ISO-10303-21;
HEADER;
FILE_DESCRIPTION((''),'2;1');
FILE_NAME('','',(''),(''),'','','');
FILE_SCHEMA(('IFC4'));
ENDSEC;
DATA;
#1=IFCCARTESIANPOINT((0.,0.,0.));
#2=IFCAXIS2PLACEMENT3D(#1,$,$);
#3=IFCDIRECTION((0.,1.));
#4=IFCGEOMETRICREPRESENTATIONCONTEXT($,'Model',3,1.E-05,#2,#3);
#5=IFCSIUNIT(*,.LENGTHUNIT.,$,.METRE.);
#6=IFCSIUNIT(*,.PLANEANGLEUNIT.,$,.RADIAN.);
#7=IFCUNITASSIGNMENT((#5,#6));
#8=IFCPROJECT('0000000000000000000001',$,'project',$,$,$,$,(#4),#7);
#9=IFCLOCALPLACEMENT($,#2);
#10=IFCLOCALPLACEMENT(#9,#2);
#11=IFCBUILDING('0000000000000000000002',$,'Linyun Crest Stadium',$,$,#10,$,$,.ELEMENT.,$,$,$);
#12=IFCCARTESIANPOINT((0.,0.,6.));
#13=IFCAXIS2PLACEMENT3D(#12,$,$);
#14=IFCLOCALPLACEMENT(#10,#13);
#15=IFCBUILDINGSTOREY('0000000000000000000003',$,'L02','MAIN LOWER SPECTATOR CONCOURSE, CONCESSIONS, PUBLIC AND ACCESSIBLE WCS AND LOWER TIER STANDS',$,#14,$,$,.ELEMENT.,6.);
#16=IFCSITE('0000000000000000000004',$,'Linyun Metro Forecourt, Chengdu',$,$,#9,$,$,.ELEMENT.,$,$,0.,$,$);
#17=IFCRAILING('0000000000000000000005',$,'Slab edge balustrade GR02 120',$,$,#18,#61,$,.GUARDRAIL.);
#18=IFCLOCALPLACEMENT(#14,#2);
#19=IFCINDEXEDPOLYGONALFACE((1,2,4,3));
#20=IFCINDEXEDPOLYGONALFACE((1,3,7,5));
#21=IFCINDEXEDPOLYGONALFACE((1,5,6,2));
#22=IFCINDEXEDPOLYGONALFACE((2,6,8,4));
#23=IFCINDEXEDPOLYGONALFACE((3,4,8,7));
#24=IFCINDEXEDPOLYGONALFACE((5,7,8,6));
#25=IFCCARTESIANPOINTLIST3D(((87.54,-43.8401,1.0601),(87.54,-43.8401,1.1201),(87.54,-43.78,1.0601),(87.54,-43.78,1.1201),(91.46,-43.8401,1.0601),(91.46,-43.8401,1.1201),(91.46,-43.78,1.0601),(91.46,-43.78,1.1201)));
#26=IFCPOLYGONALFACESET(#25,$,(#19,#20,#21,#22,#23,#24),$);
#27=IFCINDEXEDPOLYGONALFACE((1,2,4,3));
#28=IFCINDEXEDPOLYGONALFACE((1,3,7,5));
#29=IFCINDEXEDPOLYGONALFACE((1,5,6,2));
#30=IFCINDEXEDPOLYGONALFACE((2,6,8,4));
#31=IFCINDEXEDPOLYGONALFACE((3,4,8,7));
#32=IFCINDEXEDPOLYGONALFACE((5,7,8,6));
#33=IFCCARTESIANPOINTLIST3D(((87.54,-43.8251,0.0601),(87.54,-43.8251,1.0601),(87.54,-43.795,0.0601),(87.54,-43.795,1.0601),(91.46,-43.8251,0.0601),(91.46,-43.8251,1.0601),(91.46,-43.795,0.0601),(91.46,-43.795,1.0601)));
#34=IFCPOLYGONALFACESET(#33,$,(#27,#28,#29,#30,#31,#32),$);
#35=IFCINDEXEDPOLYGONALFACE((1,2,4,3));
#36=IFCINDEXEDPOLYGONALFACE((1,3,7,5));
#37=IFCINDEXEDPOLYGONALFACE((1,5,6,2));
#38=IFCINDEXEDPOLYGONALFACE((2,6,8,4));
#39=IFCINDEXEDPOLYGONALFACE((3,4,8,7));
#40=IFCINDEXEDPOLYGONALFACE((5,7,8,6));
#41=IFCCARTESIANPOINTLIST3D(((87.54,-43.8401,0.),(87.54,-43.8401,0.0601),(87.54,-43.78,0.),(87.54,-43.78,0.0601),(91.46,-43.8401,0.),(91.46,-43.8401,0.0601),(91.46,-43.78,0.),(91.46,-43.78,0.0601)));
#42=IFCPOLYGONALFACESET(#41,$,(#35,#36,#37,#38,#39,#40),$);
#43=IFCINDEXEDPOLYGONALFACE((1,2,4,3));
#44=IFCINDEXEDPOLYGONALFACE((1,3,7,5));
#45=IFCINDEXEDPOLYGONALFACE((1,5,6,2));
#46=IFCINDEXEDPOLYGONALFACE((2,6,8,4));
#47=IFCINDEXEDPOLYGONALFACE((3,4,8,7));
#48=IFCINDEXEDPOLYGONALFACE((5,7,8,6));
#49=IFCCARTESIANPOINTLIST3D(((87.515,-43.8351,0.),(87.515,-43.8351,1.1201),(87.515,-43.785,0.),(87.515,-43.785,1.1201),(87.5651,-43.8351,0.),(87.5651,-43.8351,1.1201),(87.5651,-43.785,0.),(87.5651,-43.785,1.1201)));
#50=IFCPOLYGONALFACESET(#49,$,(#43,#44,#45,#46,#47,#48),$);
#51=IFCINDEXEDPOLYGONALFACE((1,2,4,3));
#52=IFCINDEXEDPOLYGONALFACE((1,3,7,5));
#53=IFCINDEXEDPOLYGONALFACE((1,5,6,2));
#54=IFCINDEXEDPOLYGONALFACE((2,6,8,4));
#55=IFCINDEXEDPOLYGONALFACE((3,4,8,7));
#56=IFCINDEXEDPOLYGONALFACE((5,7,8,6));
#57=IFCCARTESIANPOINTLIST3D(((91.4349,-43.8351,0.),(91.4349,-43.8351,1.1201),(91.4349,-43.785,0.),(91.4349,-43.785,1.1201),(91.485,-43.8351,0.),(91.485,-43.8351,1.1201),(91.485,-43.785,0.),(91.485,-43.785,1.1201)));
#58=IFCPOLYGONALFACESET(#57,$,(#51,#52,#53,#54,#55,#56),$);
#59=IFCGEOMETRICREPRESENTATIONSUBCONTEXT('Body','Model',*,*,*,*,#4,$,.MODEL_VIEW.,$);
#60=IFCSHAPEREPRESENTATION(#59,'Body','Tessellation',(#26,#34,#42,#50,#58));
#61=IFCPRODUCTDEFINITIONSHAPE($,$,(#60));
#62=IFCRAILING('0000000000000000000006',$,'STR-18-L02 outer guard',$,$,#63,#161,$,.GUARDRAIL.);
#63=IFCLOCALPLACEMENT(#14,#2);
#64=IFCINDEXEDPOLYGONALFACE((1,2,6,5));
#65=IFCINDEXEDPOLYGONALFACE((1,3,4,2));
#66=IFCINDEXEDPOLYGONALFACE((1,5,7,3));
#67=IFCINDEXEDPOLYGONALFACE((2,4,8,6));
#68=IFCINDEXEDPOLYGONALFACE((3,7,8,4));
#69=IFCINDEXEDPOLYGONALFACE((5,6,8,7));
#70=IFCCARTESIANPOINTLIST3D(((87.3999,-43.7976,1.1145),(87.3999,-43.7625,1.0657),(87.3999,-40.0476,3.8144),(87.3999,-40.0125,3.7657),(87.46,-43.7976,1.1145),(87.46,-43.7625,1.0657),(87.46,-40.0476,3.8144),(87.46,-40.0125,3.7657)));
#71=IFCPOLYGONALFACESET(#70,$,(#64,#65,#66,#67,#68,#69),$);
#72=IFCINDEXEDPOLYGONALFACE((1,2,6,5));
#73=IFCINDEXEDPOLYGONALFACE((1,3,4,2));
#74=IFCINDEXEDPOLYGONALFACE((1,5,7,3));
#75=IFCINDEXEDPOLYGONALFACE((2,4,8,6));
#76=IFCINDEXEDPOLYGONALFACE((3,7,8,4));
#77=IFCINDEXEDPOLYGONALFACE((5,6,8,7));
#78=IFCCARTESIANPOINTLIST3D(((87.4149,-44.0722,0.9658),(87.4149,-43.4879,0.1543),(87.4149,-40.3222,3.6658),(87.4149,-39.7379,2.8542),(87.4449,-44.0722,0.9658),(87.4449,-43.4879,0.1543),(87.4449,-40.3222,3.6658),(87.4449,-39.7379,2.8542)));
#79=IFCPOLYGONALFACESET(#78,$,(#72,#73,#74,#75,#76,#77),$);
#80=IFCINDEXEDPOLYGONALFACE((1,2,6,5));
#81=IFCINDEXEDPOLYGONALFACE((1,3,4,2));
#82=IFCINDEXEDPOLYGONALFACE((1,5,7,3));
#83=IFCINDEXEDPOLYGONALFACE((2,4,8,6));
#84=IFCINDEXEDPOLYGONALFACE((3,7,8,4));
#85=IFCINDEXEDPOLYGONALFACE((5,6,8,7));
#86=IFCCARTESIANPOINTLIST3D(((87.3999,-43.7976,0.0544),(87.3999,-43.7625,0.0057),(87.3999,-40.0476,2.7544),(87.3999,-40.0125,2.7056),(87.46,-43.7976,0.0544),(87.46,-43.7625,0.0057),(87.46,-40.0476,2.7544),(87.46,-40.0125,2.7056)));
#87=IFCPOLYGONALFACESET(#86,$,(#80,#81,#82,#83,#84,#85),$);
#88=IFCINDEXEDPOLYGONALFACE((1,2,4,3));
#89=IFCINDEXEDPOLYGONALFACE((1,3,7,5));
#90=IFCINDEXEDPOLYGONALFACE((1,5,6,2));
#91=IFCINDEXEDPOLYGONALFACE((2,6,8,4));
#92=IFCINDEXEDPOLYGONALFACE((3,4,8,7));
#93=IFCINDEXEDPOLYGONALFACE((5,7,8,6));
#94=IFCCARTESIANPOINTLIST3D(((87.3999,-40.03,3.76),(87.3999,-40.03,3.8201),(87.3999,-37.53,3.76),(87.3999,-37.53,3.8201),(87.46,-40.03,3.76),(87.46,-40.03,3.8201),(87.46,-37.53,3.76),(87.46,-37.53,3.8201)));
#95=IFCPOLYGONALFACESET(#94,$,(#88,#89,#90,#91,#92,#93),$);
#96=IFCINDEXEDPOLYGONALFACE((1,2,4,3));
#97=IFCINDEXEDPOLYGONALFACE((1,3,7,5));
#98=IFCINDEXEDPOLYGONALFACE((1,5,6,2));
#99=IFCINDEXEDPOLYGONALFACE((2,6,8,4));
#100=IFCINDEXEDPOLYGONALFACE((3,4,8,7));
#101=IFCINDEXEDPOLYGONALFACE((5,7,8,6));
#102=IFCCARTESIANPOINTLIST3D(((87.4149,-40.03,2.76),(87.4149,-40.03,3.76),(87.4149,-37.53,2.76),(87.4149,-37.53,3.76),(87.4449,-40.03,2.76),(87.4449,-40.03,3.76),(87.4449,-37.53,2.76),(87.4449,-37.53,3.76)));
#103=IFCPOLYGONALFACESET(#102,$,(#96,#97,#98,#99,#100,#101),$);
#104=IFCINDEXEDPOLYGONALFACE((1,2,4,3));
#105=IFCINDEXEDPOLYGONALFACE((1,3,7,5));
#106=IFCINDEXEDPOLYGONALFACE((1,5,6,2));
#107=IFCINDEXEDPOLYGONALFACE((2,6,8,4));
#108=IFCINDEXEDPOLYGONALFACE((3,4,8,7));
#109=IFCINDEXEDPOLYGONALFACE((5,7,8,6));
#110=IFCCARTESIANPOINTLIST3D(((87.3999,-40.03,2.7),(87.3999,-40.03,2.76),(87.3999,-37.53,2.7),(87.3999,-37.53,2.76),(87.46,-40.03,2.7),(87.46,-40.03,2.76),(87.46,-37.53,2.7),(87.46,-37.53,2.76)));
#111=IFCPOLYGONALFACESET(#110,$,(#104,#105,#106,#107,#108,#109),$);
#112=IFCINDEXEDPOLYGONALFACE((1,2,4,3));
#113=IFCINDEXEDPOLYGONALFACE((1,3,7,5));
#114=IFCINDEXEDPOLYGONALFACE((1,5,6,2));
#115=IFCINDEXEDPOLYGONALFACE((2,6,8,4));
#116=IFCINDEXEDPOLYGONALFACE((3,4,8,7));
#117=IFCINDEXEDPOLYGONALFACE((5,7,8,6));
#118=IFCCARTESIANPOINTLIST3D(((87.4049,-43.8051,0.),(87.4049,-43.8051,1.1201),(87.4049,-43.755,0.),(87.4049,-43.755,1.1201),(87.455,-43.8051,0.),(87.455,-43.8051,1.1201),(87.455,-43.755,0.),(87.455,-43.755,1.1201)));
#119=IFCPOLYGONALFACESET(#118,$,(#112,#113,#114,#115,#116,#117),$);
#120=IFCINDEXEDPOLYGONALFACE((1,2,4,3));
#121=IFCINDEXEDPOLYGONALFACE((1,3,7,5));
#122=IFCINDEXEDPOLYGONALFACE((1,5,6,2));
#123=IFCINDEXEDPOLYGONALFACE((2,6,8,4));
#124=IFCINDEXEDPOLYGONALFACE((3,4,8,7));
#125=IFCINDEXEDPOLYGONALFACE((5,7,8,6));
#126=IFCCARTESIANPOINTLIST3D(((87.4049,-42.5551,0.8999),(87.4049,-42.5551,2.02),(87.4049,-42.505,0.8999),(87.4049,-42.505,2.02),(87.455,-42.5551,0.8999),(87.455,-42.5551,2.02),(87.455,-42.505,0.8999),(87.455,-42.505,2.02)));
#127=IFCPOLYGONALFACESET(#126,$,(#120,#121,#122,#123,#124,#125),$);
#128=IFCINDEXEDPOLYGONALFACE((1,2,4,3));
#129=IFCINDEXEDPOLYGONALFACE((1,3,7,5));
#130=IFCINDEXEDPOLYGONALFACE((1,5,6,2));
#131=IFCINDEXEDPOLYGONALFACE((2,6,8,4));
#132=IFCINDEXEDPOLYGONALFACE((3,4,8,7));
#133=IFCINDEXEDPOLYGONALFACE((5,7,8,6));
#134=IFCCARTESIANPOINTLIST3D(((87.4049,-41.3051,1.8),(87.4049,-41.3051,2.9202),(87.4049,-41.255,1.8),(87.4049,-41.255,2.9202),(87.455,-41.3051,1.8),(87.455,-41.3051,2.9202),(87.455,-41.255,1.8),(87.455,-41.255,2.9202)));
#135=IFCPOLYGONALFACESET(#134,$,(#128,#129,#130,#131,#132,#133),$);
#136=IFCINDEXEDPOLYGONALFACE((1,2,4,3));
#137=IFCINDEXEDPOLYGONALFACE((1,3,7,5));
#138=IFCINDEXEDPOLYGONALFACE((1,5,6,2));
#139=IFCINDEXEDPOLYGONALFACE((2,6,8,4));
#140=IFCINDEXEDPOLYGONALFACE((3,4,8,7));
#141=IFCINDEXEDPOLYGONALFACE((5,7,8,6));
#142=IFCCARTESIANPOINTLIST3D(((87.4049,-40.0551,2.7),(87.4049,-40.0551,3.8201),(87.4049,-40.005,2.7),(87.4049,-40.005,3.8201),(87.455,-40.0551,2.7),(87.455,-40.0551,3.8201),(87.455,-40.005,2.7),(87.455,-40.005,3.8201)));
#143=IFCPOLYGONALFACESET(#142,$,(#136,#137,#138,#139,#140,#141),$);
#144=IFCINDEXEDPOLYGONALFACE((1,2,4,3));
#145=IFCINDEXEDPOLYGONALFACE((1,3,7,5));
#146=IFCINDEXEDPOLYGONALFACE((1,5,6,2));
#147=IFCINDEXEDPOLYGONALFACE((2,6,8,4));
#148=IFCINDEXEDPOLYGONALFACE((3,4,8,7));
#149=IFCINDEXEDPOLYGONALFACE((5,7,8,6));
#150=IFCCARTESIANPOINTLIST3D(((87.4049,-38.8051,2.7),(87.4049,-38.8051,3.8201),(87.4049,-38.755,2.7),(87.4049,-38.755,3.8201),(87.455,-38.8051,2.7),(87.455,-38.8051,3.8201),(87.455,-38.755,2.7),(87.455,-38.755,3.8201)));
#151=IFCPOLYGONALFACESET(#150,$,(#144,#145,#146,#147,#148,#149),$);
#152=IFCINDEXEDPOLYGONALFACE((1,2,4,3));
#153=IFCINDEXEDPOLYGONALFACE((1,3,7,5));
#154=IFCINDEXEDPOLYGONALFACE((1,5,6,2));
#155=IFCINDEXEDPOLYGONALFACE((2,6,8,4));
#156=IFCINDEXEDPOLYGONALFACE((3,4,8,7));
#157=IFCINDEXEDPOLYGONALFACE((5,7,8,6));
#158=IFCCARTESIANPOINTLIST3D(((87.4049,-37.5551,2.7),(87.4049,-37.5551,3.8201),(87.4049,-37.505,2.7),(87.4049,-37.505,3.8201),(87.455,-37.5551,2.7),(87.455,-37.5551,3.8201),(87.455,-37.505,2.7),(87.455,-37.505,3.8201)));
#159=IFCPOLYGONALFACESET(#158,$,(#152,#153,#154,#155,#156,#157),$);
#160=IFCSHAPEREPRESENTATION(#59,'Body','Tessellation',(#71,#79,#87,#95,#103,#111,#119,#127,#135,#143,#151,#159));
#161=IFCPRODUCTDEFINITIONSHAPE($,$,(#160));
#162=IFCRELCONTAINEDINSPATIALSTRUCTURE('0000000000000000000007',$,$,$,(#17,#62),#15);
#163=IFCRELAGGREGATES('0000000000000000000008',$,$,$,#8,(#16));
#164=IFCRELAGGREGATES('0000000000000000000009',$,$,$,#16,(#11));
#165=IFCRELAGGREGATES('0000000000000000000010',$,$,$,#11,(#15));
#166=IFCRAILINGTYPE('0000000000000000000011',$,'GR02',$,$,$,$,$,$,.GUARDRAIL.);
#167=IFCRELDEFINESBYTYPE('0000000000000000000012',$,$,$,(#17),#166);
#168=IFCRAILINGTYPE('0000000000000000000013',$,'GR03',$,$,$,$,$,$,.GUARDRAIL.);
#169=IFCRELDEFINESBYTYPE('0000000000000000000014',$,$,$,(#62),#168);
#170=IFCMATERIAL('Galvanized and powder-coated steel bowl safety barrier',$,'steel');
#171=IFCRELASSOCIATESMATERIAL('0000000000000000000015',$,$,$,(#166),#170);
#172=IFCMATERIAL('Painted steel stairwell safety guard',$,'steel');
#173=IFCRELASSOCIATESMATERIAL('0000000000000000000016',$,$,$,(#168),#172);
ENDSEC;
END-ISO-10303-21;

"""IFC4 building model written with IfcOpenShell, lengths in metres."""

from ifc_helpers import new_model, si_unit, direction, frame, origin, origin_2d, place, context, subcontext, project, spatial, rectangle, extrude, material, type_object, element, save


model = new_model("IFC4")

# Units and contexts
model_context = context("Model", 3, precision=1e-05, world=origin(), true_north=direction((0.0, 1.0)))
body_context = subcontext(model_context, "Body", "Model", "MODEL_VIEW")
ifc_project = project(units=[si_unit("LENGTHUNIT", "METRE"), si_unit("PLANEANGLEUNIT", "RADIAN")], contexts=[model_context])

# Site, building, storey
site_placement = place(None, origin())
site = spatial("IfcSite", under=ifc_project, at=site_placement, Name="Linyun Metro Forecourt, Chengdu", CompositionType="ELEMENT", RefElevation=0.0)
building_placement = place(site_placement, origin())
building = spatial("IfcBuilding", under=site, at=building_placement, Name="Linyun Crest Stadium", CompositionType="ELEMENT")
storey_placement = place(building_placement, frame((0.0, 0.0, 6.0)))
storey = spatial("IfcBuildingStorey", under=building, at=storey_placement, Name="L02", Description="MAIN LOWER SPECTATOR CONCOURSE, CONCESSIONS, PUBLIC AND ACCESSIBLE WCS AND LOWER TIER STANDS", CompositionType="ELEMENT", Elevation=6.0)

# Railings
ifc_material_1 = material(Name="Galvanized and powder-coated steel bowl safety barrier", Category="steel")
railing_type_1 = type_object("IfcRailingType", Name="GR02", PredefinedType="GUARDRAIL", material=ifc_material_1)
railing_1_placement = place(storey_placement, frame((87.54, -43.8101, 0.0)))
element("IfcRailing", 1, at=railing_1_placement, inside=storey, type_object=railing_type_1, Name="Slab edge balustrade GR02 120", PredefinedType="GUARDRAIL", context=body_context, shape_type="SweptSolid", body=[
    extrude(rectangle(XDim=0.0601, YDim=0.0601, at=origin_2d()), frame((0.0, 0.0, 1.0901), z_axis=(1.0, 0.0, 0.0), x_axis=(0.0, 1.0, 0.0)), (0.0, 0.0, 1.0), 3.9199),
    extrude(rectangle(XDim=0.03, YDim=1.0, at=origin_2d()), frame((0.0, 0.0, 0.5601), z_axis=(1.0, 0.0, 0.0), x_axis=(0.0, 1.0, 0.0)), (0.0, 0.0, 1.0), 3.9199),
    extrude(rectangle(XDim=0.0601, YDim=0.0601, at=origin_2d()), frame((0.0, 0.0, 0.03), z_axis=(1.0, 0.0, 0.0), x_axis=(0.0, 1.0, 0.0)), (0.0, 0.0, 1.0), 3.9199),
    extrude(rectangle(XDim=0.05, YDim=0.05, at=origin_2d()), origin(), (0.0, 0.0, 1.0), 1.1201),
    extrude(rectangle(XDim=0.05, YDim=0.05, at=origin_2d()), frame((3.9199, 0.0, 0.0)), (0.0, 0.0, 1.0), 1.1201),
])
ifc_material_2 = material(Name="Painted steel stairwell safety guard", Category="steel")
railing_type_2 = type_object("IfcRailingType", Name="GR03", PredefinedType="GUARDRAIL", material=ifc_material_2)
railing_2_placement = place(storey_placement, frame((87.4299, -43.78, 0.0)))
element("IfcRailing", 2, at=railing_2_placement, inside=storey, type_object=railing_type_2, Name="STR-18-L02 outer guard", PredefinedType="GUARDRAIL", context=body_context, shape_type="SweptSolid", body=[
    extrude(rectangle(XDim=0.0601, YDim=0.0601, at=origin_2d()), frame((0.0, 0.0, 1.0901), z_axis=(0.0, 0.811539, 0.584298), x_axis=(-1.0, 0.0, 0.0)), (0.0, 0.0, 1.0), 4.6208),
    extrude(rectangle(XDim=0.03, YDim=1.0, at=origin_2d()), frame((0.0, 0.0, 0.5601), z_axis=(0.0, 0.811539, 0.584298), x_axis=(-1.0, 0.0, 0.0)), (0.0, 0.0, 1.0), 4.6208),
    extrude(rectangle(XDim=0.0601, YDim=0.0601, at=origin_2d()), frame((0.0, 0.0, 0.03), z_axis=(0.0, 0.811539, 0.584298), x_axis=(-1.0, 0.0, 0.0)), (0.0, 0.0, 1.0), 4.6208),
    extrude(rectangle(XDim=0.0601, YDim=0.0601, at=origin_2d()), frame((0.0, 3.75, 3.79), z_axis=(0.0, 1.0, 0.0), x_axis=(-1.0, 0.0, 0.0)), (0.0, 0.0, 1.0), 2.5),
    extrude(rectangle(XDim=0.03, YDim=1.0, at=origin_2d()), frame((0.0, 3.75, 3.26), z_axis=(0.0, 1.0, 0.0), x_axis=(-1.0, 0.0, 0.0)), (0.0, 0.0, 1.0), 2.5),
    extrude(rectangle(XDim=0.0601, YDim=0.0601, at=origin_2d()), frame((0.0, 3.75, 2.73), z_axis=(0.0, 1.0, 0.0), x_axis=(-1.0, 0.0, 0.0)), (0.0, 0.0, 1.0), 2.5),
    extrude(rectangle(XDim=0.05, YDim=0.05, at=origin_2d()), origin(), (0.0, 0.0, 1.0), 1.1201),
    extrude(rectangle(XDim=0.05, YDim=0.05, at=origin_2d()), frame((0.0, 1.25, 0.8999)), (0.0, 0.0, 1.0), 1.1201),
    extrude(rectangle(XDim=0.05, YDim=0.05, at=origin_2d()), frame((0.0, 2.5, 1.8)), (0.0, 0.0, 1.0), 1.1201),
    extrude(rectangle(XDim=0.05, YDim=0.05, at=origin_2d()), frame((0.0, 3.75, 2.7)), (0.0, 0.0, 1.0), 1.1201),
    extrude(rectangle(XDim=0.05, YDim=0.05, at=origin_2d()), frame((0.0, 5.0, 2.7)), (0.0, 0.0, 1.0), 1.1201),
    extrude(rectangle(XDim=0.05, YDim=0.05, at=origin_2d()), frame((0.0, 6.25, 2.7)), (0.0, 0.0, 1.0), 1.1201),
])

save(model, "model.ifc")
